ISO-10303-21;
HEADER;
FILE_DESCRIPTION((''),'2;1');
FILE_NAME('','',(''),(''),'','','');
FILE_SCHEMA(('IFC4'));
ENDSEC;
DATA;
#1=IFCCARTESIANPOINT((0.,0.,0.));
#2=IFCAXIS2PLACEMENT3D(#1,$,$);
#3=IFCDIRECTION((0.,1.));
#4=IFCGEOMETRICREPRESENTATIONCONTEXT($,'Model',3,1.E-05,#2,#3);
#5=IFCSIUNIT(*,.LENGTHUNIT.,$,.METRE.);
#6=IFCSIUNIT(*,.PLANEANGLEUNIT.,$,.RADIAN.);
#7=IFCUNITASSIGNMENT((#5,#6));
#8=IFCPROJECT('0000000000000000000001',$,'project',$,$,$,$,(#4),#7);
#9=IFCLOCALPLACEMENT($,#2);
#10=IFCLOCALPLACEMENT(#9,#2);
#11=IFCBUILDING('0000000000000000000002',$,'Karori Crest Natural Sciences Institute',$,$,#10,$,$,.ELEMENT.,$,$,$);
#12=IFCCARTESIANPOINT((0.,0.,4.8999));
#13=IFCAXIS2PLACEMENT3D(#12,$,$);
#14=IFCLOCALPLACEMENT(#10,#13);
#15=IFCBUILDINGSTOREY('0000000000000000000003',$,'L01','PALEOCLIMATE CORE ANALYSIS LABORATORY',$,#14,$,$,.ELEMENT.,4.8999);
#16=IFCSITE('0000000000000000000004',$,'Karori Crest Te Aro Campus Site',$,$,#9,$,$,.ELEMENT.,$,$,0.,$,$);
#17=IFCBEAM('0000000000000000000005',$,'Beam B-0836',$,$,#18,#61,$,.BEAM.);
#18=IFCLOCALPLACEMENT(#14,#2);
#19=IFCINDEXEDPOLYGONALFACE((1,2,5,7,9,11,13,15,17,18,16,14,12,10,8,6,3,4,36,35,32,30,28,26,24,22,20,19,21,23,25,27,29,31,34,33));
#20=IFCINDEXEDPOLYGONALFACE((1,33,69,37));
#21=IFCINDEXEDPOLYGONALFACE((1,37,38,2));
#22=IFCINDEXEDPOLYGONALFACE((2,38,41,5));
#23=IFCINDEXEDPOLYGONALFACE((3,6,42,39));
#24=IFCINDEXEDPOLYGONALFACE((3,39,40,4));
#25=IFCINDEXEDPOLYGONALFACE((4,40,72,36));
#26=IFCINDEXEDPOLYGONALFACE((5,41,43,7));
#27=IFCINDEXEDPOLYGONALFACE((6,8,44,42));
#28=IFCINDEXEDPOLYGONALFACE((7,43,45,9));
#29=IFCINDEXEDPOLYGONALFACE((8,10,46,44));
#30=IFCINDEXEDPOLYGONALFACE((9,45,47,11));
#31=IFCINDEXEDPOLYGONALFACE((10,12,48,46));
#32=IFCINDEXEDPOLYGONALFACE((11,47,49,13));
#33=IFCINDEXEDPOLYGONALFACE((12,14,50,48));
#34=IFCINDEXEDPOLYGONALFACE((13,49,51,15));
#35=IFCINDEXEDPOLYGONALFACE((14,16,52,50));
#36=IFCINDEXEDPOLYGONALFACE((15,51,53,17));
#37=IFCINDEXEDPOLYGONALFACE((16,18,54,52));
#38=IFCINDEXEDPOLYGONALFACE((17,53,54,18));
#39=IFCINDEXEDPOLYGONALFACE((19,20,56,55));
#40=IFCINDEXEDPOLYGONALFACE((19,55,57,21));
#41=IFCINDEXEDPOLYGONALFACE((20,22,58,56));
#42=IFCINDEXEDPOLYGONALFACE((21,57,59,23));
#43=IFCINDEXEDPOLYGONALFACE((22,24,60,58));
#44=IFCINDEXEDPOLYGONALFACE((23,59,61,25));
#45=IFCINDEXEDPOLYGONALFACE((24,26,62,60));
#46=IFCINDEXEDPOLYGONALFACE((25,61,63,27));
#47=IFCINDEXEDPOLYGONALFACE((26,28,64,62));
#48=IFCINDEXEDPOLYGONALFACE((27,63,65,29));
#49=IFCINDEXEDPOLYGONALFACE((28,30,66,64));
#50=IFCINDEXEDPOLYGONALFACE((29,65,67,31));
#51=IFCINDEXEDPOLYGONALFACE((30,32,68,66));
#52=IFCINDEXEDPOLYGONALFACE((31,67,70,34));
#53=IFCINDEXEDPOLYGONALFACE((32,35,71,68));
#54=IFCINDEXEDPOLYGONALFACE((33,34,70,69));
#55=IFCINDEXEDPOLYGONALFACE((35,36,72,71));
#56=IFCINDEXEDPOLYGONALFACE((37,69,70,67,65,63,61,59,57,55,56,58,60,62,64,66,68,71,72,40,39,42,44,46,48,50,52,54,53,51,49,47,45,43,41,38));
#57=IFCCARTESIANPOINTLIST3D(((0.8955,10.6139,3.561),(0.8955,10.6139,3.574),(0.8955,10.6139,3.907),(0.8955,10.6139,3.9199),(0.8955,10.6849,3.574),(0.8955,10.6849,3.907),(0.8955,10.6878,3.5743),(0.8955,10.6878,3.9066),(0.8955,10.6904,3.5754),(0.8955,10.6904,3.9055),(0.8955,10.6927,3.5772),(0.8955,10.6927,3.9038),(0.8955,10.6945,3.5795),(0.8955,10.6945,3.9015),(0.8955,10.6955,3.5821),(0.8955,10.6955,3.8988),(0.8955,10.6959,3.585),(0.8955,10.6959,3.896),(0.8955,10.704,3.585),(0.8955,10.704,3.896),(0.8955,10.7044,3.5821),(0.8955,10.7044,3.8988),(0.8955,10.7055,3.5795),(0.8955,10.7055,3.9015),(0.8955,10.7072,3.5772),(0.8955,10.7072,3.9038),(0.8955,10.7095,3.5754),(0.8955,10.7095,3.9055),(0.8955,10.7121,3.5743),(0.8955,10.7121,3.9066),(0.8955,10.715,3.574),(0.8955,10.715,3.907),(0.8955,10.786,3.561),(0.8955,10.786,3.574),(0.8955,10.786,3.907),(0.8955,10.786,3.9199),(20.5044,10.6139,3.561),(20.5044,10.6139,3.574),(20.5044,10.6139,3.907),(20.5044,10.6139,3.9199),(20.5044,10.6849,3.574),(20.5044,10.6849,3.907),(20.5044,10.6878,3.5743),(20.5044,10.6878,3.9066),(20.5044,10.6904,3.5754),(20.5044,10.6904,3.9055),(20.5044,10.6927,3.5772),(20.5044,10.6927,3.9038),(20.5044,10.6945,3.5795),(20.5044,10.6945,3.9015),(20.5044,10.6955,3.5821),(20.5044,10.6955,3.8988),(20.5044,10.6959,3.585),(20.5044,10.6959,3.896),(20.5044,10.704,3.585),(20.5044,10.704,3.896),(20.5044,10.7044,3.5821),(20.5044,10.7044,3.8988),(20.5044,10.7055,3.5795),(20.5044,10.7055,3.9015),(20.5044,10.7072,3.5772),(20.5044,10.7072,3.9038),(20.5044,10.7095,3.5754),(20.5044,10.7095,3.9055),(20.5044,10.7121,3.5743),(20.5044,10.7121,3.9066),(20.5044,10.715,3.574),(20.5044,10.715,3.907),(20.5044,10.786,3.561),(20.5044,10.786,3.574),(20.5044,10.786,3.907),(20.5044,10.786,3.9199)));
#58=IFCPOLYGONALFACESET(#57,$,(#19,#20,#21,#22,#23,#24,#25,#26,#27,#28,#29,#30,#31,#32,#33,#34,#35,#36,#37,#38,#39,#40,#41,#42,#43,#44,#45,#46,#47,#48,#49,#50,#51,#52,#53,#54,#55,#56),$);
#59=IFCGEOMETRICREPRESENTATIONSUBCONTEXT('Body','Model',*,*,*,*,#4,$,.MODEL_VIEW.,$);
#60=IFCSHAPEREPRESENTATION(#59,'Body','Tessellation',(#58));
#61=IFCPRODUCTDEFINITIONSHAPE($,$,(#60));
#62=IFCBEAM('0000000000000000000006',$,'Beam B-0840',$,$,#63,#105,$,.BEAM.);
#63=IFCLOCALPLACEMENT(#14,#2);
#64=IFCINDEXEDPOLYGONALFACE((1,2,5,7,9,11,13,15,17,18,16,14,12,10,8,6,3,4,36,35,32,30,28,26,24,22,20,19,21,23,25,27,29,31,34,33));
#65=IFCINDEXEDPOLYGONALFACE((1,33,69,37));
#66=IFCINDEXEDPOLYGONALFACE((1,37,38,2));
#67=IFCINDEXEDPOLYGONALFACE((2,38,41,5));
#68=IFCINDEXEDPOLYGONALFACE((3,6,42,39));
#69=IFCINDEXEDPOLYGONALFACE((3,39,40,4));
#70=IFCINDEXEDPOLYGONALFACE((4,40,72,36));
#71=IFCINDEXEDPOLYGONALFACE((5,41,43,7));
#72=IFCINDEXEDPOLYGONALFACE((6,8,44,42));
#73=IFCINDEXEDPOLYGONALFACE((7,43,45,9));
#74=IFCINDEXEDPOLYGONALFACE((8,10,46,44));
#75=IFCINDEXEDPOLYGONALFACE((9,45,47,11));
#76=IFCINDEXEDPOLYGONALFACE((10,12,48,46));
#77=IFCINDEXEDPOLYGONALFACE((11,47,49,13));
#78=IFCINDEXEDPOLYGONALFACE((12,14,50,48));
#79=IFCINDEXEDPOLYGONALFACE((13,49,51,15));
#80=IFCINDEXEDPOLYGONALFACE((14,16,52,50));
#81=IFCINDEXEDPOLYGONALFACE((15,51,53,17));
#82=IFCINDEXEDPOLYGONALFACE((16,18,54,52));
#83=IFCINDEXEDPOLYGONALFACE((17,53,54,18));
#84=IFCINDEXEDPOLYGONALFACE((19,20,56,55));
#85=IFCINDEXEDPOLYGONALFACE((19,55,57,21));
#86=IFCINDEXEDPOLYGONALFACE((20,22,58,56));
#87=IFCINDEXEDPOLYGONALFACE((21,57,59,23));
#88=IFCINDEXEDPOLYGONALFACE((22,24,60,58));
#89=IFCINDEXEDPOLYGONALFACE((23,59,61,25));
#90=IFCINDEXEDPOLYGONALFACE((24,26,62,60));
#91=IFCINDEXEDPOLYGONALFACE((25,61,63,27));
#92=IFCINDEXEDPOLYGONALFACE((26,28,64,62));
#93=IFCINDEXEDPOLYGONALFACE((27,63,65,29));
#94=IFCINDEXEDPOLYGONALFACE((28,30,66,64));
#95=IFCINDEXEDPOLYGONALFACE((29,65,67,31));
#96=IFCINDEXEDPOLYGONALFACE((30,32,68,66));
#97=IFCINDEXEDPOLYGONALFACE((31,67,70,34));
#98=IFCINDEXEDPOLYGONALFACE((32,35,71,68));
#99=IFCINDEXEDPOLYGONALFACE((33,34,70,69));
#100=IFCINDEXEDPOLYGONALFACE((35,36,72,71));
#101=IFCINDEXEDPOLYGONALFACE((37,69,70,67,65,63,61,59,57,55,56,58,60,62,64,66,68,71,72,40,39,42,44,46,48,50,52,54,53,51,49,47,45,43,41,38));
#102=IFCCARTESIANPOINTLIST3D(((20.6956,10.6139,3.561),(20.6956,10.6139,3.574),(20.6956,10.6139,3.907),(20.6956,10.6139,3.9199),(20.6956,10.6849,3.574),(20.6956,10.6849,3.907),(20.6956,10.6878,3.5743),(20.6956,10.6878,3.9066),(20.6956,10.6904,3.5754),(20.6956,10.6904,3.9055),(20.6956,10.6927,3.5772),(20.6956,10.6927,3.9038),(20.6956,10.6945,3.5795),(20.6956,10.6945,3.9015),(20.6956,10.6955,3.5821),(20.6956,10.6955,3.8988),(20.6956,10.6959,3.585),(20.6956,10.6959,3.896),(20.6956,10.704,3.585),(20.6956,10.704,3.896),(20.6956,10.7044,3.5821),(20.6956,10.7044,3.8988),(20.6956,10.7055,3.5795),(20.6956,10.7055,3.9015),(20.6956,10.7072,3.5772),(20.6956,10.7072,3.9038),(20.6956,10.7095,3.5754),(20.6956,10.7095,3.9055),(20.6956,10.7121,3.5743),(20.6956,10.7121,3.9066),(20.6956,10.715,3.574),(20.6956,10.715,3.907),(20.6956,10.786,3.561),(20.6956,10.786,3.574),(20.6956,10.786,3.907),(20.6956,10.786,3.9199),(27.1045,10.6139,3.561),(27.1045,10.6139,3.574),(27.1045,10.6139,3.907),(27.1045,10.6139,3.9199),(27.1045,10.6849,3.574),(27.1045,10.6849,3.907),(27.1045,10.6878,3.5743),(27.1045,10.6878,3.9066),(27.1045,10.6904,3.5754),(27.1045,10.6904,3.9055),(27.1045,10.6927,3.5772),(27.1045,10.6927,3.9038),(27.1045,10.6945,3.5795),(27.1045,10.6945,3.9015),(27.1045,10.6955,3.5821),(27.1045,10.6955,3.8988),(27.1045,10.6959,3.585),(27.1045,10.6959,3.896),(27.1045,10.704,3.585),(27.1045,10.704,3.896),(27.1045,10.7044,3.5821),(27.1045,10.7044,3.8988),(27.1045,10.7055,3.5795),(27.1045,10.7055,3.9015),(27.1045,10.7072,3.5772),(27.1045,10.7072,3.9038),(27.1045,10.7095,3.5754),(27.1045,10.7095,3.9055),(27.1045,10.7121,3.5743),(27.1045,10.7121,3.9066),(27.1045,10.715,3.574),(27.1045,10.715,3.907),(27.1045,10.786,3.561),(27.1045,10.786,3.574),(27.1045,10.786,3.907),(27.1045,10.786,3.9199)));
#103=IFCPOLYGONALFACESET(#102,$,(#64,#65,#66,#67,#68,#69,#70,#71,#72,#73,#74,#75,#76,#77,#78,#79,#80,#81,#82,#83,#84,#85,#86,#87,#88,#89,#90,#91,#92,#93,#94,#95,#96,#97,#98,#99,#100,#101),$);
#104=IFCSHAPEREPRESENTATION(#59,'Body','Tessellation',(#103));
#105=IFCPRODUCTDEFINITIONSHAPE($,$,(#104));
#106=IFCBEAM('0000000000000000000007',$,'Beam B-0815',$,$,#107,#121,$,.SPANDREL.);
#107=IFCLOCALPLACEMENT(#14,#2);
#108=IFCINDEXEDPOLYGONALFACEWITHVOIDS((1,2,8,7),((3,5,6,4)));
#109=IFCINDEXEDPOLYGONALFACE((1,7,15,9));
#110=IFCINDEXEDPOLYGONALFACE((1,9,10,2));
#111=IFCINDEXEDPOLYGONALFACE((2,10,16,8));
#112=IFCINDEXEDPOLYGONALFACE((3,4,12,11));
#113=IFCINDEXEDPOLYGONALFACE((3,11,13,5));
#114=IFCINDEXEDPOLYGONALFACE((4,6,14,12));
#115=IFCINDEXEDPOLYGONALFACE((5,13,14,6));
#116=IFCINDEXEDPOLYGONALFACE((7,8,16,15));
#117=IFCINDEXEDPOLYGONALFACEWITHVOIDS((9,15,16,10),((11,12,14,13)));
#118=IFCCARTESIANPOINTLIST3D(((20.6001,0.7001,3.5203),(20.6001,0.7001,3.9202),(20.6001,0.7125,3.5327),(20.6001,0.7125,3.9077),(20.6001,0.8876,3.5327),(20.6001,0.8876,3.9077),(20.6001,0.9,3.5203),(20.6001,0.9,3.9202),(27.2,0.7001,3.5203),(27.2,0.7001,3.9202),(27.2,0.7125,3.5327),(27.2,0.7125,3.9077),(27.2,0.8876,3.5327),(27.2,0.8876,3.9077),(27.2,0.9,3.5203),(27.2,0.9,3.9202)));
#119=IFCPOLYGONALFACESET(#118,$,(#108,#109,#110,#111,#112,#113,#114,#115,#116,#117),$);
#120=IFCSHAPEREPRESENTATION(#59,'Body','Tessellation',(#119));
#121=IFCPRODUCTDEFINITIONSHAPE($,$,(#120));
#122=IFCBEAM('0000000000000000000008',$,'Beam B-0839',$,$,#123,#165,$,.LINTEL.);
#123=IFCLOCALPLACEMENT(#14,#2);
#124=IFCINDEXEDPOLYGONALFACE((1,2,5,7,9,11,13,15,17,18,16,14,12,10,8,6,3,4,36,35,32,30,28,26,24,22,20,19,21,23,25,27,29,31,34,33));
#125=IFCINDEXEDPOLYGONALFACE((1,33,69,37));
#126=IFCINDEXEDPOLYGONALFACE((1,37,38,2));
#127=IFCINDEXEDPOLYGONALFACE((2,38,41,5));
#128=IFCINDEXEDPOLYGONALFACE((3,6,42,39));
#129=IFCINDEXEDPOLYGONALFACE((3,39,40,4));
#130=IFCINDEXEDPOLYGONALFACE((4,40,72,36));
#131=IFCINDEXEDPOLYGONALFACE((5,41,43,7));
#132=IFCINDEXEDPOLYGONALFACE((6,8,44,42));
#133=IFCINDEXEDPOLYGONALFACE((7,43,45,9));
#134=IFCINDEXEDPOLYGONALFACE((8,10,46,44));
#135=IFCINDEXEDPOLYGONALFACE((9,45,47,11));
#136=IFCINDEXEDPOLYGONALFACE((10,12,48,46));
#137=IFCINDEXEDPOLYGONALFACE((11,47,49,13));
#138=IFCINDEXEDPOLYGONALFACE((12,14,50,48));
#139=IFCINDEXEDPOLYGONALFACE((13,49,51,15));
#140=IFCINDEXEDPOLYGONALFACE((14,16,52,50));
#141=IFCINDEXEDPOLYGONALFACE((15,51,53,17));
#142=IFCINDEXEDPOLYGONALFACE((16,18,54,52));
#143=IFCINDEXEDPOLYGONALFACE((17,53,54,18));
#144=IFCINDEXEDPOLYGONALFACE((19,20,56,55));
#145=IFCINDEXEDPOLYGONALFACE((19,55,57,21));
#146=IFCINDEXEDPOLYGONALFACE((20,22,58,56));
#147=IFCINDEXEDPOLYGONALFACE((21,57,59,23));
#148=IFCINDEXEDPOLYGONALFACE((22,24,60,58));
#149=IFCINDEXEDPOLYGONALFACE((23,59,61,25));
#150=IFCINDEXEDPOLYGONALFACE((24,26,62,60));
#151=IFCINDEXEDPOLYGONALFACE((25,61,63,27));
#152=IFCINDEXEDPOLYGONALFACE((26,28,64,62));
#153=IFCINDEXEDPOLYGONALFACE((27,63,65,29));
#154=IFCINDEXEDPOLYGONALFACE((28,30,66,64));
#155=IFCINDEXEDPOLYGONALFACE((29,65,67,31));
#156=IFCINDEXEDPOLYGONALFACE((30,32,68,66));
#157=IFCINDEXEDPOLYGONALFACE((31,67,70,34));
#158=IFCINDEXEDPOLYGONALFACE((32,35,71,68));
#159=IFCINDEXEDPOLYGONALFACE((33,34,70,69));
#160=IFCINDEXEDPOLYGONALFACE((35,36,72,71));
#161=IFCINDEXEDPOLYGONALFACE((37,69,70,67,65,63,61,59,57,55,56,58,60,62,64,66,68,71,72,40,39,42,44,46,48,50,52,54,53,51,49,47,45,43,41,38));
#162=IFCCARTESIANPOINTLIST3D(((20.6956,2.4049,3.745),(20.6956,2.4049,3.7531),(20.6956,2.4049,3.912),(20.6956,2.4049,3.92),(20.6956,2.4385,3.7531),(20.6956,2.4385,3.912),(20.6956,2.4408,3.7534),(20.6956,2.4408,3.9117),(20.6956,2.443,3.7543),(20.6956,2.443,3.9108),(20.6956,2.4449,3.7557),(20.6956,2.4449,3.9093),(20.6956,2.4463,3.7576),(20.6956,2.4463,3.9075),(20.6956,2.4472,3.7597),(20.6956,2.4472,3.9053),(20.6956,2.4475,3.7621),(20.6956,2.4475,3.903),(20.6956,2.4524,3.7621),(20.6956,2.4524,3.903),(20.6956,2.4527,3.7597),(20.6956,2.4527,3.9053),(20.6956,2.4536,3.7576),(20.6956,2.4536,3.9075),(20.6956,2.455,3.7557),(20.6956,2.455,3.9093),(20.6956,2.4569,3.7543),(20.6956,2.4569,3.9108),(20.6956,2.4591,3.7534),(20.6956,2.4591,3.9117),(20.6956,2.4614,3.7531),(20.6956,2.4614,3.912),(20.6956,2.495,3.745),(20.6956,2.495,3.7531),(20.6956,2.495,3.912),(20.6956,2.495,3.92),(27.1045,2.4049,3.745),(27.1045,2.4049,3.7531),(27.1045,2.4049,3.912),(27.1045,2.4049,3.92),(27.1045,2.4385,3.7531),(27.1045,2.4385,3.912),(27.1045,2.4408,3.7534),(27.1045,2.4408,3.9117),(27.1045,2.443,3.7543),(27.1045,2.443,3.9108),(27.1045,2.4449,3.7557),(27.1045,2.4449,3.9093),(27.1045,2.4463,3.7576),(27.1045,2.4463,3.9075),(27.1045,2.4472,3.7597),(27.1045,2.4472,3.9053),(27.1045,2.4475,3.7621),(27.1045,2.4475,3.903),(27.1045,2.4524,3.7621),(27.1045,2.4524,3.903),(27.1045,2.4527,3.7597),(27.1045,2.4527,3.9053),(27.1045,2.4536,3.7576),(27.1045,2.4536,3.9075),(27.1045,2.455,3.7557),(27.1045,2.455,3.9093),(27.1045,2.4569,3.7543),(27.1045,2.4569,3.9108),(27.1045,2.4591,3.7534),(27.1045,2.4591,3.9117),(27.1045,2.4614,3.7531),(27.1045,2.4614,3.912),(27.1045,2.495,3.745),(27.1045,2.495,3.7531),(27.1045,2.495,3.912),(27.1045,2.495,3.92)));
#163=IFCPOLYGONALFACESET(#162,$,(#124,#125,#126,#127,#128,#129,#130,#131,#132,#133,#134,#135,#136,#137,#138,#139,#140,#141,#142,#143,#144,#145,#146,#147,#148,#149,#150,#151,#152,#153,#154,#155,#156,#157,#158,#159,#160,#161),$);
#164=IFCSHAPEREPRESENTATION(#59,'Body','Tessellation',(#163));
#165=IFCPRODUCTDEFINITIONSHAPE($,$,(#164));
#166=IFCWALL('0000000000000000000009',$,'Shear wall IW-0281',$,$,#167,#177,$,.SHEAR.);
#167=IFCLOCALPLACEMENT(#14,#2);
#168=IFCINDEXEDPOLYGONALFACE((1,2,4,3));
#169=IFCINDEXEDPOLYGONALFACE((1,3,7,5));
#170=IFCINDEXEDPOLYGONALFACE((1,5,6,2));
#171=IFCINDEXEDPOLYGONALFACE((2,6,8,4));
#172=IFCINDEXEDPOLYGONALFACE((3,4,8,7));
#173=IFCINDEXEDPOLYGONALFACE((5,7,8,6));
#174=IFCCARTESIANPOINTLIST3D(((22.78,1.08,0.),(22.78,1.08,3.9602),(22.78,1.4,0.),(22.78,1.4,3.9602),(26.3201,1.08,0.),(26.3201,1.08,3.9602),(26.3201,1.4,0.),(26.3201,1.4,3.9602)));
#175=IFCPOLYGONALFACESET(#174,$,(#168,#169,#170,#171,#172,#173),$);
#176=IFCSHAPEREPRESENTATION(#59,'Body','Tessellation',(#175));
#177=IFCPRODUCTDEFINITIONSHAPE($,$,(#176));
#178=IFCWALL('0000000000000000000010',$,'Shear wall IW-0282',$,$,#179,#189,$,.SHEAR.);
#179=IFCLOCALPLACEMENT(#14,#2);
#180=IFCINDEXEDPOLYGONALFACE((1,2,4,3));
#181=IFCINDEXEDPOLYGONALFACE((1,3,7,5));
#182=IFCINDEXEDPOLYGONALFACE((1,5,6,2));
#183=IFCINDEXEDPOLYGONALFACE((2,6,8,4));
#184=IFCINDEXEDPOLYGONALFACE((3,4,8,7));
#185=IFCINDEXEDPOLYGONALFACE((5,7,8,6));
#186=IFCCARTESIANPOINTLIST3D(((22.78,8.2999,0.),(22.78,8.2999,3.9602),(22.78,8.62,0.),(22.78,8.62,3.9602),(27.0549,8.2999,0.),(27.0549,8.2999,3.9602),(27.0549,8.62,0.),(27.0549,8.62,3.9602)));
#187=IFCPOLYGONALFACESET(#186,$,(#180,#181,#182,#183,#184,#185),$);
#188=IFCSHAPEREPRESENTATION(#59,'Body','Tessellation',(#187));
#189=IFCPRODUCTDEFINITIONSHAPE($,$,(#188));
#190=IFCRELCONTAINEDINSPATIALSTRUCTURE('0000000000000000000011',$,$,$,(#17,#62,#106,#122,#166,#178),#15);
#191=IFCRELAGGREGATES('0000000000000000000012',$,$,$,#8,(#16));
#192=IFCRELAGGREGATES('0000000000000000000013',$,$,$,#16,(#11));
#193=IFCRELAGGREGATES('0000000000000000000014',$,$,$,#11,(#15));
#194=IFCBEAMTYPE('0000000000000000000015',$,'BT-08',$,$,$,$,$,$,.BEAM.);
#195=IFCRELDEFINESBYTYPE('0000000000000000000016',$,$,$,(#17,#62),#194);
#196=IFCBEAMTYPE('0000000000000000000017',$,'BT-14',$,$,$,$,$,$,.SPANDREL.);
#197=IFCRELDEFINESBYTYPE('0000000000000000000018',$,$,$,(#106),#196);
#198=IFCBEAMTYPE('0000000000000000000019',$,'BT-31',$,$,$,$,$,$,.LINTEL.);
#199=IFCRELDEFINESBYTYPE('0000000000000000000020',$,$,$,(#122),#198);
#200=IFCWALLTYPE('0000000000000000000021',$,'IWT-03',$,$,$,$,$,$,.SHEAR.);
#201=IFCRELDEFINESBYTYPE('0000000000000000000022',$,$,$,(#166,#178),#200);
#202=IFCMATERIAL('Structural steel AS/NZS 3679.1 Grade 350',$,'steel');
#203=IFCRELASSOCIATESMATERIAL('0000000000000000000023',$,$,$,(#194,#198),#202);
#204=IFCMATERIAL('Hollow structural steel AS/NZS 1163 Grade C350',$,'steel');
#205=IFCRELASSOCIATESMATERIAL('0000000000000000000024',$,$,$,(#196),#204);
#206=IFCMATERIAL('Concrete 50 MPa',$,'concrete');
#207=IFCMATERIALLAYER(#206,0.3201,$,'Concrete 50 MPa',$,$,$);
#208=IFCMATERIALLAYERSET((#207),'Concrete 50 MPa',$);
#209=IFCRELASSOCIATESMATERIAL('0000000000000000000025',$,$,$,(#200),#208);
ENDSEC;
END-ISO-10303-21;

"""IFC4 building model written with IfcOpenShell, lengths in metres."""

from ifc_helpers import new_model, si_unit, direction, frame, frame_2d, origin, origin_2d, place, context, subcontext, project, spatial, rectangle, hollow_rectangle, i_section, extrude, material, layer, layer_set, material_profile, profile_set, type_object, element, save


model = new_model("IFC4")

# Units and contexts
model_context = context("Model", 3, precision=1e-05, world=origin(), true_north=direction((0.0, 1.0)))
body_context = subcontext(model_context, "Body", "Model", "MODEL_VIEW")
ifc_project = project(units=[si_unit("LENGTHUNIT", "METRE"), si_unit("PLANEANGLEUNIT", "RADIAN")], contexts=[model_context])

# Site, building, storey
site_placement = place(None, origin())
site = spatial("IfcSite", under=ifc_project, at=site_placement, Name="Karori Crest Te Aro Campus Site", CompositionType="ELEMENT", RefElevation=0.0)
building_placement = place(site_placement, origin())
building = spatial("IfcBuilding", under=site, at=building_placement, Name="Karori Crest Natural Sciences Institute", CompositionType="ELEMENT")
storey_placement = place(building_placement, frame((0.0, 0.0, 4.8999)))
storey = spatial("IfcBuildingStorey", under=building, at=storey_placement, Name="L01", Description="PALEOCLIMATE CORE ANALYSIS LABORATORY", CompositionType="ELEMENT", Elevation=4.8999)

# Shared definitions
ifc_material_1 = material(Name="Structural steel AS/NZS 3679.1 Grade 350", Category="steel")
ifc_material_2 = material(Name="Hollow structural steel AS/NZS 1163 Grade C350", Category="steel")

# Beams
ifc_material_profile_1 = material_profile(ifc_material_1, i_section(OverallWidth=0.1721, OverallDepth=0.3589, WebThickness=0.0081, FlangeThickness=0.0129, FilletRadius=0.011, at=origin_2d()), Name="360UB56.7")
ifc_profile_set_1 = profile_set([ifc_material_profile_1], Name="Structural steel AS/NZS 3679.1 Grade 350")
beam_type_1 = type_object("IfcBeamType", Name="BT-08", PredefinedType="BEAM", material=ifc_profile_set_1)
beam_1_placement = place(storey_placement, frame((0.8955, 10.7, 3.7405), z_axis=(1.0, 0.0, 0.0), x_axis=(0.0, 1.0, 0.0)))
element("IfcBeam", 1, at=beam_1_placement, inside=storey, type_object=beam_type_1, Name="Beam B-0836", PredefinedType="BEAM", context=body_context, shape_type="SweptSolid", body=[
    extrude(i_section(OverallWidth=0.1721, OverallDepth=0.3589, WebThickness=0.0081, FlangeThickness=0.0129, FilletRadius=0.011, at=origin_2d()), origin(), (0.0, 0.0, 1.0), 19.6089),
])
beam_2_placement = place(storey_placement, frame((20.6956, 10.7, 3.7405), z_axis=(1.0, 0.0, 0.0), x_axis=(0.0, 1.0, 0.0)))
element("IfcBeam", 2, at=beam_2_placement, inside=storey, type_object=beam_type_1, Name="Beam B-0840", PredefinedType="BEAM", context=body_context, shape_type="SweptSolid", body=[
    extrude(i_section(OverallWidth=0.1721, OverallDepth=0.3589, WebThickness=0.0081, FlangeThickness=0.0129, FilletRadius=0.011, at=origin_2d()), origin(), (0.0, 0.0, 1.0), 6.4089),
])
ifc_material_profile_2 = material_profile(ifc_material_2, hollow_rectangle(XDim=0.2, YDim=0.3999, WallThickness=0.0125, at=origin_2d()), Name="RHS400x200x12.5")
ifc_profile_set_2 = profile_set([ifc_material_profile_2], Name="Hollow structural steel AS/NZS 1163 Grade C350")
beam_type_2 = type_object("IfcBeamType", Name="BT-14", PredefinedType="SPANDREL", material=ifc_profile_set_2)
beam_3_placement = place(storey_placement, frame((20.6001, 0.8, 3.7202), z_axis=(1.0, 0.0, 0.0), x_axis=(0.0, 1.0, 0.0)))
element("IfcBeam", 3, at=beam_3_placement, inside=storey, type_object=beam_type_2, Name="Beam B-0815", PredefinedType="SPANDREL", context=body_context, shape_type="SweptSolid", body=[
    extrude(hollow_rectangle(XDim=0.2, YDim=0.3999, WallThickness=0.0125, at=origin_2d()), origin(), (0.0, 0.0, 1.0), 6.5999),
])
ifc_material_profile_3 = material_profile(ifc_material_1, i_section(OverallWidth=0.0901, OverallDepth=0.175, WebThickness=0.0049, FlangeThickness=0.0081, FilletRadius=0.009, at=origin_2d()), Name="180UB18.1")
ifc_profile_set_3 = profile_set([ifc_material_profile_3], Name="Structural steel AS/NZS 3679.1 Grade 350")
beam_type_3 = type_object("IfcBeamType", Name="BT-31", PredefinedType="LINTEL", material=ifc_profile_set_3)
beam_4_placement = place(storey_placement, frame((20.6956, 2.45, 3.8325), z_axis=(1.0, 0.0, 0.0), x_axis=(0.0, 1.0, 0.0)))
element("IfcBeam", 4, at=beam_4_placement, inside=storey, type_object=beam_type_3, Name="Beam B-0839", PredefinedType="LINTEL", context=body_context, shape_type="SweptSolid", body=[
    extrude(i_section(OverallWidth=0.0901, OverallDepth=0.175, WebThickness=0.0049, FlangeThickness=0.0081, FilletRadius=0.009, at=origin_2d()), origin(), (0.0, 0.0, 1.0), 6.4089),
])

# Walls
ifc_material_3 = material(Name="Concrete 50 MPa", Category="concrete")
ifc_layer_1 = layer(ifc_material_3, 0.3201, Name="Concrete 50 MPa")
ifc_layer_set_1 = layer_set([ifc_layer_1], Name="Concrete 50 MPa")
wall_type_1 = type_object("IfcWallType", Name="IWT-03", PredefinedType="SHEAR", material=ifc_layer_set_1)
wall_1_placement = place(storey_placement, frame((22.78, 1.24, 0.0), z_axis=(0.0, 0.0, 1.0), x_axis=(1.0, 0.0, 0.0)))
element("IfcWall", 5, at=wall_1_placement, inside=storey, type_object=wall_type_1, Name="Shear wall IW-0281", PredefinedType="SHEAR", context=body_context, shape_type="SweptSolid", body=[
    extrude(rectangle(XDim=3.54, YDim=0.3201, at=frame_2d((1.77, 0.0))), origin(), (0.0, 0.0, 1.0), 3.9602),
])
wall_2_placement = place(storey_placement, frame((22.78, 8.46, 0.0), z_axis=(0.0, 0.0, 1.0), x_axis=(1.0, 0.0, 0.0)))
element("IfcWall", 6, at=wall_2_placement, inside=storey, type_object=wall_type_1, Name="Shear wall IW-0282", PredefinedType="SHEAR", context=body_context, shape_type="SweptSolid", body=[
    extrude(rectangle(XDim=4.2749, YDim=0.3201, at=frame_2d((2.1375, 0.0))), origin(), (0.0, 0.0, 1.0), 3.9602),
])

save(model, "model.ifc")
